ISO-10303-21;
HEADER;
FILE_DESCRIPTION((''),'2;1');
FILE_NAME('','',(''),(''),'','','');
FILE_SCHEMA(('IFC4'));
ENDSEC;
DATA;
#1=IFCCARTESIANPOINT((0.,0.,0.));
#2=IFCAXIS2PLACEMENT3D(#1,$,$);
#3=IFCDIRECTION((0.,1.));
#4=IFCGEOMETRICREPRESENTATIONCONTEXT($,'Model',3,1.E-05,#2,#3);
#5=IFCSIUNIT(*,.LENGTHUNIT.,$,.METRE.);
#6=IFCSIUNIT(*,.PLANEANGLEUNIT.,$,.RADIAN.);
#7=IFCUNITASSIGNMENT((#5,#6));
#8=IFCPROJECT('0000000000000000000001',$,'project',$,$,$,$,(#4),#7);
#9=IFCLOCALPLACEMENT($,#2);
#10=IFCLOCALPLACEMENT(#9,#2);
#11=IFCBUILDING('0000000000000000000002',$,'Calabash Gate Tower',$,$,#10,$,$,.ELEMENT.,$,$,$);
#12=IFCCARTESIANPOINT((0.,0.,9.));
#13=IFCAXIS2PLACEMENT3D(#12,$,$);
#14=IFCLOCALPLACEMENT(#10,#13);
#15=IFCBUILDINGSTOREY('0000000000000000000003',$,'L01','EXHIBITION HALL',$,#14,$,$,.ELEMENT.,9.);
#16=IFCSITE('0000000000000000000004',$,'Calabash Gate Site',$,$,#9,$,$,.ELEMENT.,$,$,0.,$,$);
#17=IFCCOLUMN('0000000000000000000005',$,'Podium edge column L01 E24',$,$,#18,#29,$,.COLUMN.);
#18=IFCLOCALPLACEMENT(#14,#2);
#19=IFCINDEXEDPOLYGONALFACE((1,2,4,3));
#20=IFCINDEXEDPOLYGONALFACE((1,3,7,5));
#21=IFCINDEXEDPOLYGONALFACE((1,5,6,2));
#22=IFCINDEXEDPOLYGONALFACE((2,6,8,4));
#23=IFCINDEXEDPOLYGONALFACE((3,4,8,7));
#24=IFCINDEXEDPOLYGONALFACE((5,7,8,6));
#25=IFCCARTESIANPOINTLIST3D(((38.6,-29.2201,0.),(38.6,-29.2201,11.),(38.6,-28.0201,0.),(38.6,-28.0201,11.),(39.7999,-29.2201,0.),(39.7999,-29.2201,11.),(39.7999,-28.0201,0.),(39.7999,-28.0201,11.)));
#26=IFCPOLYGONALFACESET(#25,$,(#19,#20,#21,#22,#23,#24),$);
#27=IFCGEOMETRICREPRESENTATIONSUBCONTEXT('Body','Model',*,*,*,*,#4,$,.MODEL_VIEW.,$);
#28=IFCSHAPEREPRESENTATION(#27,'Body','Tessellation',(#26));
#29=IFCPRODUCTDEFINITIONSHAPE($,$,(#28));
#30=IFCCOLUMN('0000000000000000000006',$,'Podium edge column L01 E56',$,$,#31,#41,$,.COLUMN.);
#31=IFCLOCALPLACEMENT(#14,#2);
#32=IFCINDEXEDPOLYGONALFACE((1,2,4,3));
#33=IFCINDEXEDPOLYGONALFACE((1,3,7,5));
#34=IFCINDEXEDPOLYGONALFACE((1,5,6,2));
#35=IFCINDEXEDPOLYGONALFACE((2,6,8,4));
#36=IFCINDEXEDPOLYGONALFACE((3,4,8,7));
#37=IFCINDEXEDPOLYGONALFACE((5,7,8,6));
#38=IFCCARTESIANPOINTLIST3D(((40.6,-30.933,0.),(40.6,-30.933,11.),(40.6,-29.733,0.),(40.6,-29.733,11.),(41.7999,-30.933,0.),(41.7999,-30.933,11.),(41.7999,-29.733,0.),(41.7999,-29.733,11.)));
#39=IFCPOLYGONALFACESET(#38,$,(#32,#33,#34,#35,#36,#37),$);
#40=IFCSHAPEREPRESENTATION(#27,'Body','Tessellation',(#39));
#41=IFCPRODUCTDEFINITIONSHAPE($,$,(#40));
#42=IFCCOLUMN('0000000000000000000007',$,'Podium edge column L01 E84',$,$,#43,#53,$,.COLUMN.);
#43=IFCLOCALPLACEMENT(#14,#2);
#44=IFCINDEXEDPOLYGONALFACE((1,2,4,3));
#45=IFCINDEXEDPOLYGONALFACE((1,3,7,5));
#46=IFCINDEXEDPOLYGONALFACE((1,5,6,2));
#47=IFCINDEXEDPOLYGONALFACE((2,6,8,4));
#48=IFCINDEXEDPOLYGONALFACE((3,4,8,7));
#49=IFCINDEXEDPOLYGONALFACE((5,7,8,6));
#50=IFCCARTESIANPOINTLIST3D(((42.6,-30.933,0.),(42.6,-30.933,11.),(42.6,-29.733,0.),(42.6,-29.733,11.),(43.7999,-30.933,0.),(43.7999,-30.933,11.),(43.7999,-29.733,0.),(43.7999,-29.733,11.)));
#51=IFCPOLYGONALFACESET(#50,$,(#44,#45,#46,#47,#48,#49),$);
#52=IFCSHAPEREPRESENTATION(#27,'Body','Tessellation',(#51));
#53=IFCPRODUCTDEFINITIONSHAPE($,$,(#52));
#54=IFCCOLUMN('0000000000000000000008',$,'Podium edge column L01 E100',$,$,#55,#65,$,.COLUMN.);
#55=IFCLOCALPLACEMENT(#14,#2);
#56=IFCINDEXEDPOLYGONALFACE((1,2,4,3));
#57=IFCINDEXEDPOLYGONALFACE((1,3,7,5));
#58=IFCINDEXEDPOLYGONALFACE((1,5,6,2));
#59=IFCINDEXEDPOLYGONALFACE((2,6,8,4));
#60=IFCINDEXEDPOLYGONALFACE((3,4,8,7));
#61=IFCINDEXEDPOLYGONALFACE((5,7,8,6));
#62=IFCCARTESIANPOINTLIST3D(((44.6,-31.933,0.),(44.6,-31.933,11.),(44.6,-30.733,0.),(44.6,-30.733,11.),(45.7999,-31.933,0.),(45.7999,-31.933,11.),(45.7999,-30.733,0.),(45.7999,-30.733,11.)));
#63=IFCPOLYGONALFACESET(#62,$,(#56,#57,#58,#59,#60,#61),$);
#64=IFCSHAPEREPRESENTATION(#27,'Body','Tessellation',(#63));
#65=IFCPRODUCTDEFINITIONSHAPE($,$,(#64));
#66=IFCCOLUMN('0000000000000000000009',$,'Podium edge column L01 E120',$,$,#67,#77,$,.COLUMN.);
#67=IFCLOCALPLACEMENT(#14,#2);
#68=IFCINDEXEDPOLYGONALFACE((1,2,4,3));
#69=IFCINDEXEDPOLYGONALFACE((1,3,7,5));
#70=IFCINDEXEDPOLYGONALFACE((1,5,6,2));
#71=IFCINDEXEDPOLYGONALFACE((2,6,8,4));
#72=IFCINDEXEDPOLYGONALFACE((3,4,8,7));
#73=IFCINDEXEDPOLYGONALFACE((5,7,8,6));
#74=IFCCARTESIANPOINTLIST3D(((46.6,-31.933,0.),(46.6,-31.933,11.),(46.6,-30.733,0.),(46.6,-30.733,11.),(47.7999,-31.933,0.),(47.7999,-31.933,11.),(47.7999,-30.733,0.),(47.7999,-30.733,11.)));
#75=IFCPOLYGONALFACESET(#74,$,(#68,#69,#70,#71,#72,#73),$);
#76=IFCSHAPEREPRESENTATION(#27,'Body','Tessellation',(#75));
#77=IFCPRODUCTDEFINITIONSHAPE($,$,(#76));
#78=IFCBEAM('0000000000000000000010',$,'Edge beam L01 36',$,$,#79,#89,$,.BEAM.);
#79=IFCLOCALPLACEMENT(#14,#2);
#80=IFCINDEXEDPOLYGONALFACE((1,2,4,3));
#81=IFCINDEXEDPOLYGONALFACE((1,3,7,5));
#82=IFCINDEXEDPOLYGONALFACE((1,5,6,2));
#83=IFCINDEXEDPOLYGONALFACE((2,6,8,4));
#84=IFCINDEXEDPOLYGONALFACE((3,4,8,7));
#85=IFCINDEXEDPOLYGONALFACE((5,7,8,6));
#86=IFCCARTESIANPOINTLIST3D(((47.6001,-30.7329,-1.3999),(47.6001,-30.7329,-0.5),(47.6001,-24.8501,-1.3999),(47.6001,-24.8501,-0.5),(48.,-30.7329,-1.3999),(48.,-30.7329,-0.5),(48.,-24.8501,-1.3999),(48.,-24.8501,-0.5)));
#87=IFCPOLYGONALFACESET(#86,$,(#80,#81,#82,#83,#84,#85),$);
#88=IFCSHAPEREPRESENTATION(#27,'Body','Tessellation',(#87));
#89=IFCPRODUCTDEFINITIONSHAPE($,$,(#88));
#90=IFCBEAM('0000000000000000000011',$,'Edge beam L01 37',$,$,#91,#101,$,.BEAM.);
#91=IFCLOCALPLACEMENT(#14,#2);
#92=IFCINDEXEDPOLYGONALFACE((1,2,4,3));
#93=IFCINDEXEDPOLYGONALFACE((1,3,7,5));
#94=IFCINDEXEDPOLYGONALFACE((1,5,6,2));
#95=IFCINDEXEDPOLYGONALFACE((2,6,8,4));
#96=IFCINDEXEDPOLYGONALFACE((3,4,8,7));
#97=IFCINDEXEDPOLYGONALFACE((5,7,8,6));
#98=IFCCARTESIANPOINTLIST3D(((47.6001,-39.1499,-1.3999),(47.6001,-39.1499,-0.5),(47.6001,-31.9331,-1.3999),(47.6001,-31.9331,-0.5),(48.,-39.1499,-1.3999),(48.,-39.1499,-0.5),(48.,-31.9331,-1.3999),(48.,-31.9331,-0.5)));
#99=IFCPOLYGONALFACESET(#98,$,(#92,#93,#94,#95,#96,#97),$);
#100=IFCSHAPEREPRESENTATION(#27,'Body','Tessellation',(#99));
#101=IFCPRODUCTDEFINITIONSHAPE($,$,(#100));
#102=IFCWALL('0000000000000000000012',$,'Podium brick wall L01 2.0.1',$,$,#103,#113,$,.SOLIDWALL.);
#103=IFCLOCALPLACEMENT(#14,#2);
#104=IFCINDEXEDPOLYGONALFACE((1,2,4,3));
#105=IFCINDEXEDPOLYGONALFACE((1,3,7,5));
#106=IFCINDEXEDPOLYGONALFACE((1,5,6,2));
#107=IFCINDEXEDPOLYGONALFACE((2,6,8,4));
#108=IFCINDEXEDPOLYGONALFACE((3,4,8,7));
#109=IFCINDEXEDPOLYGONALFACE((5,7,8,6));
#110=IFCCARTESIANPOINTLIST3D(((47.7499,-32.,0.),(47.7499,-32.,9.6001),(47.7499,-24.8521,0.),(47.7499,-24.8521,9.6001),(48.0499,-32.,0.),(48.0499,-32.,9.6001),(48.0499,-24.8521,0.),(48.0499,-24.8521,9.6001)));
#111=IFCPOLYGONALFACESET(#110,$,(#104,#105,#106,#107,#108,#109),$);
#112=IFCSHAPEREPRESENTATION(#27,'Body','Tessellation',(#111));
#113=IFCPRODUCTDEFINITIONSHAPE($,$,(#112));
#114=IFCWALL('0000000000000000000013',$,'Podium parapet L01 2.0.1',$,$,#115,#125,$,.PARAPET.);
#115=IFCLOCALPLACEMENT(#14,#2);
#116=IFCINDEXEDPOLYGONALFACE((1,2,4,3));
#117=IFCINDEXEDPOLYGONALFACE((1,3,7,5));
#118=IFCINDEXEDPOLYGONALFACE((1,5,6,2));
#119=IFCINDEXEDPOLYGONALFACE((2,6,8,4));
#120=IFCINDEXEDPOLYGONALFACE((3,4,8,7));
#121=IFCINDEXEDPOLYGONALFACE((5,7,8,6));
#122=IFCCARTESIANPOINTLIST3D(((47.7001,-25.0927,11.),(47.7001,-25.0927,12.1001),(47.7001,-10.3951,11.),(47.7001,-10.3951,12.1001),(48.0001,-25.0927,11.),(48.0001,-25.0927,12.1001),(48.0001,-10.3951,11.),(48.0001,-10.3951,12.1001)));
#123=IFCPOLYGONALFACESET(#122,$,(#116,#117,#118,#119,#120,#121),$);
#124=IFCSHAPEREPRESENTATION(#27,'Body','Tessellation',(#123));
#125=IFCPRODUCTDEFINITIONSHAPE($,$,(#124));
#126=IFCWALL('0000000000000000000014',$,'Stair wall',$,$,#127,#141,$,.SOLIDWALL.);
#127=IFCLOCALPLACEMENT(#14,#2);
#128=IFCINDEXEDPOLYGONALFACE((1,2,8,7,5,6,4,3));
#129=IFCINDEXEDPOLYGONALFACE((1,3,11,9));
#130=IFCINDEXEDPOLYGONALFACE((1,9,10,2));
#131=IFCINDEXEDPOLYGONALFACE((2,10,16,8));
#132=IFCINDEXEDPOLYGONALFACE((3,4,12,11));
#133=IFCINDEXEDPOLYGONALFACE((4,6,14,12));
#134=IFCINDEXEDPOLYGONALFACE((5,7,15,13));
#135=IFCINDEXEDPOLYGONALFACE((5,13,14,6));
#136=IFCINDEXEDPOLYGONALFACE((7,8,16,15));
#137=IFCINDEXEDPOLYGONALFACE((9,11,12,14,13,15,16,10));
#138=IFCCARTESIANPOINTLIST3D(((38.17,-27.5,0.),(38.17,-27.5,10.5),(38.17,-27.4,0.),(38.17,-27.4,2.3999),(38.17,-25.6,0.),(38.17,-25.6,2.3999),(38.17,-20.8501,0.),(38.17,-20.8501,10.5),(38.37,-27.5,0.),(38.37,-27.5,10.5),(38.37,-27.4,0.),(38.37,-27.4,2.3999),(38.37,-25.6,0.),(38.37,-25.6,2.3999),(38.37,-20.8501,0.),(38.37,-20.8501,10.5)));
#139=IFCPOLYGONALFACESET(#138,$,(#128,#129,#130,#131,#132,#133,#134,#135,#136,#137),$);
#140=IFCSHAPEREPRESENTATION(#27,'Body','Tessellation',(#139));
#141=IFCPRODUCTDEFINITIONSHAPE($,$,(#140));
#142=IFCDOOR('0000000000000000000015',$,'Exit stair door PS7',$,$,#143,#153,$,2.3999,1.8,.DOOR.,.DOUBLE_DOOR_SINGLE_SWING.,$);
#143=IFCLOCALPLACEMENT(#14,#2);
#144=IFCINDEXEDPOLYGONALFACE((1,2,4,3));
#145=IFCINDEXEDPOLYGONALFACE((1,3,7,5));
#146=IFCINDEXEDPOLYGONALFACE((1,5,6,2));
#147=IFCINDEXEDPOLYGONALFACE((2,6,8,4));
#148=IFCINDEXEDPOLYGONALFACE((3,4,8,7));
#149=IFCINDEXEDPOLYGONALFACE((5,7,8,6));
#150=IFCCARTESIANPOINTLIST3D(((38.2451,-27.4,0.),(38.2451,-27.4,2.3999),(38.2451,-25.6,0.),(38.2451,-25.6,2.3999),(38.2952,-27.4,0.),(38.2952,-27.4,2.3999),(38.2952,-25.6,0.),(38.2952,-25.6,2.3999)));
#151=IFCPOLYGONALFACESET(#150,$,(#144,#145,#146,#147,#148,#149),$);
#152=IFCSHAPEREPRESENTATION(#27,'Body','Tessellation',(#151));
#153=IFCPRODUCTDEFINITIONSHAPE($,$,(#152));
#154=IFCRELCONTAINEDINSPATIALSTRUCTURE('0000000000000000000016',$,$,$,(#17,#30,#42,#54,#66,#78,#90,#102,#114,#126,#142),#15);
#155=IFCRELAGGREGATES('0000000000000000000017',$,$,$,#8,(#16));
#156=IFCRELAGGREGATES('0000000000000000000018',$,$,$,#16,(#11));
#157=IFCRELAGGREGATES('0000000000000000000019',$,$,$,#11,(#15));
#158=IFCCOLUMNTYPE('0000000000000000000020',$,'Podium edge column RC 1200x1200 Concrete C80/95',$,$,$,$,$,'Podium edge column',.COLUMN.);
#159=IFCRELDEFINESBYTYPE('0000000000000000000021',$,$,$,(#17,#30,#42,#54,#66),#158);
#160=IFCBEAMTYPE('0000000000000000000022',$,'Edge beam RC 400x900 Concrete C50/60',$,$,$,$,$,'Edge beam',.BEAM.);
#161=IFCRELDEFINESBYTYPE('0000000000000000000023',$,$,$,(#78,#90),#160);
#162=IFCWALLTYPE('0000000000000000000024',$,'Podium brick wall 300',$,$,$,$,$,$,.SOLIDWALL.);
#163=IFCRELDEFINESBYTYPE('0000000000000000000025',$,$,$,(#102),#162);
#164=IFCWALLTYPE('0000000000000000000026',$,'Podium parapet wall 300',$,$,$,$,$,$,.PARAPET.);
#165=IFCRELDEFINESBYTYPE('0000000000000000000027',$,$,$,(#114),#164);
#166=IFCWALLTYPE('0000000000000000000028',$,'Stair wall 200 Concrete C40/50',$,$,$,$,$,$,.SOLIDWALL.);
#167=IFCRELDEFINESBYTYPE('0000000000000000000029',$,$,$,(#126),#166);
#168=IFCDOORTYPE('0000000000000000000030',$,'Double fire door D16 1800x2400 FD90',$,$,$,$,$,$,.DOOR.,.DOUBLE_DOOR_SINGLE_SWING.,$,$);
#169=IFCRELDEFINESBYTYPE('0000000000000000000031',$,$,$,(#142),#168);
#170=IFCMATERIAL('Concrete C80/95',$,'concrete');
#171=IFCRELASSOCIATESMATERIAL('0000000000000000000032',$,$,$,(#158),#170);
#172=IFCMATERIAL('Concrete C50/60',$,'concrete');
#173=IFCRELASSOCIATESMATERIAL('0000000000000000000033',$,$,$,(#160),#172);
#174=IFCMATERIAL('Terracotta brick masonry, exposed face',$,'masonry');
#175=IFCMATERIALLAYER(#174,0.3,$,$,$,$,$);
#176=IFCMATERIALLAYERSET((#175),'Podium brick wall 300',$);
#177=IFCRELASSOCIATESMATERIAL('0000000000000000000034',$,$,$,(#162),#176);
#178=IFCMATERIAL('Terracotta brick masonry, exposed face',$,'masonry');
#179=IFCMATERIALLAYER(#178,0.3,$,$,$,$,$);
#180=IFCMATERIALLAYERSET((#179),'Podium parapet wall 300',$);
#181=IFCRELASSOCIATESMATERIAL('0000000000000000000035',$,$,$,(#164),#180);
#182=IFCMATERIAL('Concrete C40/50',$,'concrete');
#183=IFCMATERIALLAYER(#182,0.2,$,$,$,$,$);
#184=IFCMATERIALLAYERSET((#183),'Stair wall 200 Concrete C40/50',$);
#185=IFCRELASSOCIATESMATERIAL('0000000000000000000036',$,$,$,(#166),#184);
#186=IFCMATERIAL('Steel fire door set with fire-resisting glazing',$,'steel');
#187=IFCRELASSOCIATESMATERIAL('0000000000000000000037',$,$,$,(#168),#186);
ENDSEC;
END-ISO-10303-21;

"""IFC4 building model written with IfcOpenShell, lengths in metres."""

from ifc_helpers import new_model, si_unit, direction, frame, frame_2d, origin, origin_2d, place, context, subcontext, project, spatial, rectangle, extrude, material, layer, layer_set, material_profile, profile_set, type_object, element, fill, save


model = new_model("IFC4")

# Units and contexts
model_context = context("Model", 3, precision=1e-05, world=origin(), true_north=direction((0.0, 1.0)))
body_context = subcontext(model_context, "Body", "Model", "MODEL_VIEW")
ifc_project = project(units=[si_unit("LENGTHUNIT", "METRE"), si_unit("PLANEANGLEUNIT", "RADIAN")], contexts=[model_context])

# Site, building, storey
site_placement = place(None, origin())
site = spatial("IfcSite", under=ifc_project, at=site_placement, Name="Calabash Gate Site", CompositionType="ELEMENT", RefElevation=0.0)
building_placement = place(site_placement, origin())
building = spatial("IfcBuilding", under=site, at=building_placement, Name="Calabash Gate Tower", CompositionType="ELEMENT")
storey_placement = place(building_placement, frame((0.0, 0.0, 9.0)))
storey = spatial("IfcBuildingStorey", under=building, at=storey_placement, Name="L01", Description="EXHIBITION HALL", CompositionType="ELEMENT", Elevation=9.0)

# Columns
ifc_material_1 = material(Name="Concrete C80/95", Category="concrete")
ifc_material_profile_1 = material_profile(ifc_material_1, rectangle(XDim=1.2, YDim=1.2, at=origin_2d()))
ifc_profile_set_1 = profile_set([ifc_material_profile_1], Name="Concrete C80/95")
column_type = type_object("IfcColumnType", Name="Podium edge column RC 1200x1200 Concrete C80/95", ElementType="Podium edge column", PredefinedType="COLUMN", material=ifc_profile_set_1)
for number, where, z_axis, x_axis, name in (
    (1, (39.2, -28.6201, 0.0), (0.0, 0.0, 1.0), (1.0, 0.0, 0.0), "Podium edge column L01 E24"),
    (2, (41.2, -30.333, 0.0), (0.0, 0.0, 1.0), (1.0, 0.0, 0.0), "Podium edge column L01 E56"),
    (3, (43.2, -30.333, 0.0), (0.0, 0.0, 1.0), (1.0, 0.0, 0.0), "Podium edge column L01 E84"),
    (4, (45.2, -31.333, 0.0), (0.0, 0.0, 1.0), (1.0, 0.0, 0.0), "Podium edge column L01 E100"),
    (5, (47.2, -31.333, 0.0), (0.0, 0.0, 1.0), (1.0, 0.0, 0.0), "Podium edge column L01 E120"),
):
    element("IfcColumn", number, at=place(storey_placement, frame(where, z_axis=z_axis, x_axis=x_axis)), inside=storey, type_object=column_type, Name=name, PredefinedType="COLUMN", context=body_context, shape_type="SweptSolid", body=[
        extrude(rectangle(XDim=1.2, YDim=1.2, at=origin_2d()), origin(), (0.0, 0.0, 1.0), 11.0),
    ])

# Beams
ifc_material_2 = material(Name="Concrete C50/60", Category="concrete")
ifc_material_profile_2 = material_profile(ifc_material_2, rectangle(XDim=0.3999, YDim=0.8999, at=origin_2d()))
ifc_profile_set_2 = profile_set([ifc_material_profile_2], Name="Concrete C50/60")
beam_type = type_object("IfcBeamType", Name="Edge beam RC 400x900 Concrete C50/60", ElementType="Edge beam", PredefinedType="BEAM", material=ifc_profile_set_2)
beam_1_placement = place(storey_placement, frame((47.8, -24.8501, -0.95), z_axis=(0.0, -1.0, 0.0), x_axis=(1.0, 0.0, 0.0)))
element("IfcBeam", 6, at=beam_1_placement, inside=storey, type_object=beam_type, Name="Edge beam L01 36", PredefinedType="BEAM", context=body_context, shape_type="SweptSolid", body=[
    extrude(rectangle(XDim=0.3999, YDim=0.8999, at=origin_2d()), origin(), (0.0, 0.0, 1.0), 5.8828),
])
beam_2_placement = place(storey_placement, frame((47.8, -31.9331, -0.95), z_axis=(0.0, -1.0, 0.0), x_axis=(1.0, 0.0, 0.0)))
element("IfcBeam", 7, at=beam_2_placement, inside=storey, type_object=beam_type, Name="Edge beam L01 37", PredefinedType="BEAM", context=body_context, shape_type="SweptSolid", body=[
    extrude(rectangle(XDim=0.3999, YDim=0.8999, at=origin_2d()), origin(), (0.0, 0.0, 1.0), 7.2168),
])

# Walls
ifc_material_3 = material(Name="Terracotta brick masonry, exposed face", Category="masonry")
ifc_layer_1 = layer(ifc_material_3, 0.3)
ifc_layer_set_1 = layer_set([ifc_layer_1], Name="Podium brick wall 300")
wall_type_1 = type_object("IfcWallType", Name="Podium brick wall 300", PredefinedType="SOLIDWALL", material=ifc_layer_set_1)
wall_1_placement = place(storey_placement, frame((47.8999, -32.0, 0.0), z_axis=(0.0, 0.0, 1.0), x_axis=(0.0, 1.0, 0.0)))
element("IfcWall", 8, at=wall_1_placement, inside=storey, type_object=wall_type_1, Name="Podium brick wall L01 2.0.1", PredefinedType="SOLIDWALL", context=body_context, shape_type="SweptSolid", body=[
    extrude(rectangle(XDim=7.1479, YDim=0.3, at=frame_2d((3.574, 0.0))), origin(), (0.0, 0.0, 1.0), 9.6001),
])
ifc_material_4 = material(Name="Terracotta brick masonry, exposed face", Category="masonry")
ifc_layer_2 = layer(ifc_material_4, 0.3)
ifc_layer_set_2 = layer_set([ifc_layer_2], Name="Podium parapet wall 300")
wall_type_2 = type_object("IfcWallType", Name="Podium parapet wall 300", PredefinedType="PARAPET", material=ifc_layer_set_2)
wall_2_placement = place(storey_placement, frame((47.8501, -25.0925, 11.0), z_axis=(0.0, 0.0, 1.0), x_axis=(0.0, 1.0, 0.0)))
element("IfcWall", 9, at=wall_2_placement, inside=storey, type_object=wall_type_2, Name="Podium parapet L01 2.0.1", PredefinedType="PARAPET", context=body_context, shape_type="SweptSolid", body=[
    extrude(rectangle(XDim=14.6975, YDim=0.3, at=frame_2d((7.3486, 0.0))), origin(), (0.0, 0.0, 1.0), 1.1001),
])

# Wall, opening, door
ifc_material_5 = material(Name="Concrete C40/50", Category="concrete")
ifc_layer_3 = layer(ifc_material_5, 0.2)
ifc_layer_set_3 = layer_set([ifc_layer_3], Name="Stair wall 200 Concrete C40/50")
wall_type_3 = type_object("IfcWallType", Name="Stair wall 200 Concrete C40/50", PredefinedType="SOLIDWALL", material=ifc_layer_set_3)
wall_3_placement = place(storey_placement, frame((38.27, -27.5, 0.0), z_axis=(0.0, 0.0, 1.0), x_axis=(0.0, 1.0, 0.0)))
wall_3 = element("IfcWall", 10, at=wall_3_placement, inside=storey, type_object=wall_type_3, Name="Stair wall", PredefinedType="SOLIDWALL", context=body_context, shape_type="SweptSolid", body=[
    extrude(rectangle(XDim=6.6499, YDim=0.2, at=frame_2d((3.325, 0.0))), origin(), (0.0, 0.0, 1.0), 10.5),
])
opening_placement = place(wall_3_placement, frame((0.1001, 0.0, 0.0)))
opening = element("IfcOpeningElement", 11, at=opening_placement, cuts=wall_3, PredefinedType="OPENING", context=body_context, shape_type="SweptSolid", body=[
    extrude(rectangle(XDim=1.8, YDim=2.3999, at=frame_2d((0.8999, 1.2))), frame((0.0, 0.1099, 0.0), z_axis=(0.0, -1.0, 0.0), x_axis=(1.0, 0.0, 0.0)), (0.0, 0.0, 1.0), 0.22),
])
ifc_material_6 = material(Name="Steel fire door set with fire-resisting glazing", Category="steel")
door_type = type_object("IfcDoorType", Name="Double fire door D16 1800x2400 FD90", OperationType="DOUBLE_DOOR_SINGLE_SWING", PredefinedType="DOOR", material=ifc_material_6)
door_placement = place(opening_placement, origin())
door = element("IfcDoor", 12, at=door_placement, inside=storey, type_object=door_type, Name="Exit stair door PS7", OperationType="DOUBLE_DOOR_SINGLE_SWING", OverallHeight=2.3999, OverallWidth=1.8, PredefinedType="DOOR", context=body_context, shape_type="SweptSolid", body=[
    extrude(rectangle(XDim=1.8, YDim=2.3999, at=frame_2d((0.8999, 1.2))), frame((0.0, 0.0249, 0.0), z_axis=(0.0, -1.0, 0.0), x_axis=(1.0, 0.0, 0.0)), (0.0, 0.0, 1.0), 0.05),
])
fill(opening, door)

save(model, "model.ifc")
